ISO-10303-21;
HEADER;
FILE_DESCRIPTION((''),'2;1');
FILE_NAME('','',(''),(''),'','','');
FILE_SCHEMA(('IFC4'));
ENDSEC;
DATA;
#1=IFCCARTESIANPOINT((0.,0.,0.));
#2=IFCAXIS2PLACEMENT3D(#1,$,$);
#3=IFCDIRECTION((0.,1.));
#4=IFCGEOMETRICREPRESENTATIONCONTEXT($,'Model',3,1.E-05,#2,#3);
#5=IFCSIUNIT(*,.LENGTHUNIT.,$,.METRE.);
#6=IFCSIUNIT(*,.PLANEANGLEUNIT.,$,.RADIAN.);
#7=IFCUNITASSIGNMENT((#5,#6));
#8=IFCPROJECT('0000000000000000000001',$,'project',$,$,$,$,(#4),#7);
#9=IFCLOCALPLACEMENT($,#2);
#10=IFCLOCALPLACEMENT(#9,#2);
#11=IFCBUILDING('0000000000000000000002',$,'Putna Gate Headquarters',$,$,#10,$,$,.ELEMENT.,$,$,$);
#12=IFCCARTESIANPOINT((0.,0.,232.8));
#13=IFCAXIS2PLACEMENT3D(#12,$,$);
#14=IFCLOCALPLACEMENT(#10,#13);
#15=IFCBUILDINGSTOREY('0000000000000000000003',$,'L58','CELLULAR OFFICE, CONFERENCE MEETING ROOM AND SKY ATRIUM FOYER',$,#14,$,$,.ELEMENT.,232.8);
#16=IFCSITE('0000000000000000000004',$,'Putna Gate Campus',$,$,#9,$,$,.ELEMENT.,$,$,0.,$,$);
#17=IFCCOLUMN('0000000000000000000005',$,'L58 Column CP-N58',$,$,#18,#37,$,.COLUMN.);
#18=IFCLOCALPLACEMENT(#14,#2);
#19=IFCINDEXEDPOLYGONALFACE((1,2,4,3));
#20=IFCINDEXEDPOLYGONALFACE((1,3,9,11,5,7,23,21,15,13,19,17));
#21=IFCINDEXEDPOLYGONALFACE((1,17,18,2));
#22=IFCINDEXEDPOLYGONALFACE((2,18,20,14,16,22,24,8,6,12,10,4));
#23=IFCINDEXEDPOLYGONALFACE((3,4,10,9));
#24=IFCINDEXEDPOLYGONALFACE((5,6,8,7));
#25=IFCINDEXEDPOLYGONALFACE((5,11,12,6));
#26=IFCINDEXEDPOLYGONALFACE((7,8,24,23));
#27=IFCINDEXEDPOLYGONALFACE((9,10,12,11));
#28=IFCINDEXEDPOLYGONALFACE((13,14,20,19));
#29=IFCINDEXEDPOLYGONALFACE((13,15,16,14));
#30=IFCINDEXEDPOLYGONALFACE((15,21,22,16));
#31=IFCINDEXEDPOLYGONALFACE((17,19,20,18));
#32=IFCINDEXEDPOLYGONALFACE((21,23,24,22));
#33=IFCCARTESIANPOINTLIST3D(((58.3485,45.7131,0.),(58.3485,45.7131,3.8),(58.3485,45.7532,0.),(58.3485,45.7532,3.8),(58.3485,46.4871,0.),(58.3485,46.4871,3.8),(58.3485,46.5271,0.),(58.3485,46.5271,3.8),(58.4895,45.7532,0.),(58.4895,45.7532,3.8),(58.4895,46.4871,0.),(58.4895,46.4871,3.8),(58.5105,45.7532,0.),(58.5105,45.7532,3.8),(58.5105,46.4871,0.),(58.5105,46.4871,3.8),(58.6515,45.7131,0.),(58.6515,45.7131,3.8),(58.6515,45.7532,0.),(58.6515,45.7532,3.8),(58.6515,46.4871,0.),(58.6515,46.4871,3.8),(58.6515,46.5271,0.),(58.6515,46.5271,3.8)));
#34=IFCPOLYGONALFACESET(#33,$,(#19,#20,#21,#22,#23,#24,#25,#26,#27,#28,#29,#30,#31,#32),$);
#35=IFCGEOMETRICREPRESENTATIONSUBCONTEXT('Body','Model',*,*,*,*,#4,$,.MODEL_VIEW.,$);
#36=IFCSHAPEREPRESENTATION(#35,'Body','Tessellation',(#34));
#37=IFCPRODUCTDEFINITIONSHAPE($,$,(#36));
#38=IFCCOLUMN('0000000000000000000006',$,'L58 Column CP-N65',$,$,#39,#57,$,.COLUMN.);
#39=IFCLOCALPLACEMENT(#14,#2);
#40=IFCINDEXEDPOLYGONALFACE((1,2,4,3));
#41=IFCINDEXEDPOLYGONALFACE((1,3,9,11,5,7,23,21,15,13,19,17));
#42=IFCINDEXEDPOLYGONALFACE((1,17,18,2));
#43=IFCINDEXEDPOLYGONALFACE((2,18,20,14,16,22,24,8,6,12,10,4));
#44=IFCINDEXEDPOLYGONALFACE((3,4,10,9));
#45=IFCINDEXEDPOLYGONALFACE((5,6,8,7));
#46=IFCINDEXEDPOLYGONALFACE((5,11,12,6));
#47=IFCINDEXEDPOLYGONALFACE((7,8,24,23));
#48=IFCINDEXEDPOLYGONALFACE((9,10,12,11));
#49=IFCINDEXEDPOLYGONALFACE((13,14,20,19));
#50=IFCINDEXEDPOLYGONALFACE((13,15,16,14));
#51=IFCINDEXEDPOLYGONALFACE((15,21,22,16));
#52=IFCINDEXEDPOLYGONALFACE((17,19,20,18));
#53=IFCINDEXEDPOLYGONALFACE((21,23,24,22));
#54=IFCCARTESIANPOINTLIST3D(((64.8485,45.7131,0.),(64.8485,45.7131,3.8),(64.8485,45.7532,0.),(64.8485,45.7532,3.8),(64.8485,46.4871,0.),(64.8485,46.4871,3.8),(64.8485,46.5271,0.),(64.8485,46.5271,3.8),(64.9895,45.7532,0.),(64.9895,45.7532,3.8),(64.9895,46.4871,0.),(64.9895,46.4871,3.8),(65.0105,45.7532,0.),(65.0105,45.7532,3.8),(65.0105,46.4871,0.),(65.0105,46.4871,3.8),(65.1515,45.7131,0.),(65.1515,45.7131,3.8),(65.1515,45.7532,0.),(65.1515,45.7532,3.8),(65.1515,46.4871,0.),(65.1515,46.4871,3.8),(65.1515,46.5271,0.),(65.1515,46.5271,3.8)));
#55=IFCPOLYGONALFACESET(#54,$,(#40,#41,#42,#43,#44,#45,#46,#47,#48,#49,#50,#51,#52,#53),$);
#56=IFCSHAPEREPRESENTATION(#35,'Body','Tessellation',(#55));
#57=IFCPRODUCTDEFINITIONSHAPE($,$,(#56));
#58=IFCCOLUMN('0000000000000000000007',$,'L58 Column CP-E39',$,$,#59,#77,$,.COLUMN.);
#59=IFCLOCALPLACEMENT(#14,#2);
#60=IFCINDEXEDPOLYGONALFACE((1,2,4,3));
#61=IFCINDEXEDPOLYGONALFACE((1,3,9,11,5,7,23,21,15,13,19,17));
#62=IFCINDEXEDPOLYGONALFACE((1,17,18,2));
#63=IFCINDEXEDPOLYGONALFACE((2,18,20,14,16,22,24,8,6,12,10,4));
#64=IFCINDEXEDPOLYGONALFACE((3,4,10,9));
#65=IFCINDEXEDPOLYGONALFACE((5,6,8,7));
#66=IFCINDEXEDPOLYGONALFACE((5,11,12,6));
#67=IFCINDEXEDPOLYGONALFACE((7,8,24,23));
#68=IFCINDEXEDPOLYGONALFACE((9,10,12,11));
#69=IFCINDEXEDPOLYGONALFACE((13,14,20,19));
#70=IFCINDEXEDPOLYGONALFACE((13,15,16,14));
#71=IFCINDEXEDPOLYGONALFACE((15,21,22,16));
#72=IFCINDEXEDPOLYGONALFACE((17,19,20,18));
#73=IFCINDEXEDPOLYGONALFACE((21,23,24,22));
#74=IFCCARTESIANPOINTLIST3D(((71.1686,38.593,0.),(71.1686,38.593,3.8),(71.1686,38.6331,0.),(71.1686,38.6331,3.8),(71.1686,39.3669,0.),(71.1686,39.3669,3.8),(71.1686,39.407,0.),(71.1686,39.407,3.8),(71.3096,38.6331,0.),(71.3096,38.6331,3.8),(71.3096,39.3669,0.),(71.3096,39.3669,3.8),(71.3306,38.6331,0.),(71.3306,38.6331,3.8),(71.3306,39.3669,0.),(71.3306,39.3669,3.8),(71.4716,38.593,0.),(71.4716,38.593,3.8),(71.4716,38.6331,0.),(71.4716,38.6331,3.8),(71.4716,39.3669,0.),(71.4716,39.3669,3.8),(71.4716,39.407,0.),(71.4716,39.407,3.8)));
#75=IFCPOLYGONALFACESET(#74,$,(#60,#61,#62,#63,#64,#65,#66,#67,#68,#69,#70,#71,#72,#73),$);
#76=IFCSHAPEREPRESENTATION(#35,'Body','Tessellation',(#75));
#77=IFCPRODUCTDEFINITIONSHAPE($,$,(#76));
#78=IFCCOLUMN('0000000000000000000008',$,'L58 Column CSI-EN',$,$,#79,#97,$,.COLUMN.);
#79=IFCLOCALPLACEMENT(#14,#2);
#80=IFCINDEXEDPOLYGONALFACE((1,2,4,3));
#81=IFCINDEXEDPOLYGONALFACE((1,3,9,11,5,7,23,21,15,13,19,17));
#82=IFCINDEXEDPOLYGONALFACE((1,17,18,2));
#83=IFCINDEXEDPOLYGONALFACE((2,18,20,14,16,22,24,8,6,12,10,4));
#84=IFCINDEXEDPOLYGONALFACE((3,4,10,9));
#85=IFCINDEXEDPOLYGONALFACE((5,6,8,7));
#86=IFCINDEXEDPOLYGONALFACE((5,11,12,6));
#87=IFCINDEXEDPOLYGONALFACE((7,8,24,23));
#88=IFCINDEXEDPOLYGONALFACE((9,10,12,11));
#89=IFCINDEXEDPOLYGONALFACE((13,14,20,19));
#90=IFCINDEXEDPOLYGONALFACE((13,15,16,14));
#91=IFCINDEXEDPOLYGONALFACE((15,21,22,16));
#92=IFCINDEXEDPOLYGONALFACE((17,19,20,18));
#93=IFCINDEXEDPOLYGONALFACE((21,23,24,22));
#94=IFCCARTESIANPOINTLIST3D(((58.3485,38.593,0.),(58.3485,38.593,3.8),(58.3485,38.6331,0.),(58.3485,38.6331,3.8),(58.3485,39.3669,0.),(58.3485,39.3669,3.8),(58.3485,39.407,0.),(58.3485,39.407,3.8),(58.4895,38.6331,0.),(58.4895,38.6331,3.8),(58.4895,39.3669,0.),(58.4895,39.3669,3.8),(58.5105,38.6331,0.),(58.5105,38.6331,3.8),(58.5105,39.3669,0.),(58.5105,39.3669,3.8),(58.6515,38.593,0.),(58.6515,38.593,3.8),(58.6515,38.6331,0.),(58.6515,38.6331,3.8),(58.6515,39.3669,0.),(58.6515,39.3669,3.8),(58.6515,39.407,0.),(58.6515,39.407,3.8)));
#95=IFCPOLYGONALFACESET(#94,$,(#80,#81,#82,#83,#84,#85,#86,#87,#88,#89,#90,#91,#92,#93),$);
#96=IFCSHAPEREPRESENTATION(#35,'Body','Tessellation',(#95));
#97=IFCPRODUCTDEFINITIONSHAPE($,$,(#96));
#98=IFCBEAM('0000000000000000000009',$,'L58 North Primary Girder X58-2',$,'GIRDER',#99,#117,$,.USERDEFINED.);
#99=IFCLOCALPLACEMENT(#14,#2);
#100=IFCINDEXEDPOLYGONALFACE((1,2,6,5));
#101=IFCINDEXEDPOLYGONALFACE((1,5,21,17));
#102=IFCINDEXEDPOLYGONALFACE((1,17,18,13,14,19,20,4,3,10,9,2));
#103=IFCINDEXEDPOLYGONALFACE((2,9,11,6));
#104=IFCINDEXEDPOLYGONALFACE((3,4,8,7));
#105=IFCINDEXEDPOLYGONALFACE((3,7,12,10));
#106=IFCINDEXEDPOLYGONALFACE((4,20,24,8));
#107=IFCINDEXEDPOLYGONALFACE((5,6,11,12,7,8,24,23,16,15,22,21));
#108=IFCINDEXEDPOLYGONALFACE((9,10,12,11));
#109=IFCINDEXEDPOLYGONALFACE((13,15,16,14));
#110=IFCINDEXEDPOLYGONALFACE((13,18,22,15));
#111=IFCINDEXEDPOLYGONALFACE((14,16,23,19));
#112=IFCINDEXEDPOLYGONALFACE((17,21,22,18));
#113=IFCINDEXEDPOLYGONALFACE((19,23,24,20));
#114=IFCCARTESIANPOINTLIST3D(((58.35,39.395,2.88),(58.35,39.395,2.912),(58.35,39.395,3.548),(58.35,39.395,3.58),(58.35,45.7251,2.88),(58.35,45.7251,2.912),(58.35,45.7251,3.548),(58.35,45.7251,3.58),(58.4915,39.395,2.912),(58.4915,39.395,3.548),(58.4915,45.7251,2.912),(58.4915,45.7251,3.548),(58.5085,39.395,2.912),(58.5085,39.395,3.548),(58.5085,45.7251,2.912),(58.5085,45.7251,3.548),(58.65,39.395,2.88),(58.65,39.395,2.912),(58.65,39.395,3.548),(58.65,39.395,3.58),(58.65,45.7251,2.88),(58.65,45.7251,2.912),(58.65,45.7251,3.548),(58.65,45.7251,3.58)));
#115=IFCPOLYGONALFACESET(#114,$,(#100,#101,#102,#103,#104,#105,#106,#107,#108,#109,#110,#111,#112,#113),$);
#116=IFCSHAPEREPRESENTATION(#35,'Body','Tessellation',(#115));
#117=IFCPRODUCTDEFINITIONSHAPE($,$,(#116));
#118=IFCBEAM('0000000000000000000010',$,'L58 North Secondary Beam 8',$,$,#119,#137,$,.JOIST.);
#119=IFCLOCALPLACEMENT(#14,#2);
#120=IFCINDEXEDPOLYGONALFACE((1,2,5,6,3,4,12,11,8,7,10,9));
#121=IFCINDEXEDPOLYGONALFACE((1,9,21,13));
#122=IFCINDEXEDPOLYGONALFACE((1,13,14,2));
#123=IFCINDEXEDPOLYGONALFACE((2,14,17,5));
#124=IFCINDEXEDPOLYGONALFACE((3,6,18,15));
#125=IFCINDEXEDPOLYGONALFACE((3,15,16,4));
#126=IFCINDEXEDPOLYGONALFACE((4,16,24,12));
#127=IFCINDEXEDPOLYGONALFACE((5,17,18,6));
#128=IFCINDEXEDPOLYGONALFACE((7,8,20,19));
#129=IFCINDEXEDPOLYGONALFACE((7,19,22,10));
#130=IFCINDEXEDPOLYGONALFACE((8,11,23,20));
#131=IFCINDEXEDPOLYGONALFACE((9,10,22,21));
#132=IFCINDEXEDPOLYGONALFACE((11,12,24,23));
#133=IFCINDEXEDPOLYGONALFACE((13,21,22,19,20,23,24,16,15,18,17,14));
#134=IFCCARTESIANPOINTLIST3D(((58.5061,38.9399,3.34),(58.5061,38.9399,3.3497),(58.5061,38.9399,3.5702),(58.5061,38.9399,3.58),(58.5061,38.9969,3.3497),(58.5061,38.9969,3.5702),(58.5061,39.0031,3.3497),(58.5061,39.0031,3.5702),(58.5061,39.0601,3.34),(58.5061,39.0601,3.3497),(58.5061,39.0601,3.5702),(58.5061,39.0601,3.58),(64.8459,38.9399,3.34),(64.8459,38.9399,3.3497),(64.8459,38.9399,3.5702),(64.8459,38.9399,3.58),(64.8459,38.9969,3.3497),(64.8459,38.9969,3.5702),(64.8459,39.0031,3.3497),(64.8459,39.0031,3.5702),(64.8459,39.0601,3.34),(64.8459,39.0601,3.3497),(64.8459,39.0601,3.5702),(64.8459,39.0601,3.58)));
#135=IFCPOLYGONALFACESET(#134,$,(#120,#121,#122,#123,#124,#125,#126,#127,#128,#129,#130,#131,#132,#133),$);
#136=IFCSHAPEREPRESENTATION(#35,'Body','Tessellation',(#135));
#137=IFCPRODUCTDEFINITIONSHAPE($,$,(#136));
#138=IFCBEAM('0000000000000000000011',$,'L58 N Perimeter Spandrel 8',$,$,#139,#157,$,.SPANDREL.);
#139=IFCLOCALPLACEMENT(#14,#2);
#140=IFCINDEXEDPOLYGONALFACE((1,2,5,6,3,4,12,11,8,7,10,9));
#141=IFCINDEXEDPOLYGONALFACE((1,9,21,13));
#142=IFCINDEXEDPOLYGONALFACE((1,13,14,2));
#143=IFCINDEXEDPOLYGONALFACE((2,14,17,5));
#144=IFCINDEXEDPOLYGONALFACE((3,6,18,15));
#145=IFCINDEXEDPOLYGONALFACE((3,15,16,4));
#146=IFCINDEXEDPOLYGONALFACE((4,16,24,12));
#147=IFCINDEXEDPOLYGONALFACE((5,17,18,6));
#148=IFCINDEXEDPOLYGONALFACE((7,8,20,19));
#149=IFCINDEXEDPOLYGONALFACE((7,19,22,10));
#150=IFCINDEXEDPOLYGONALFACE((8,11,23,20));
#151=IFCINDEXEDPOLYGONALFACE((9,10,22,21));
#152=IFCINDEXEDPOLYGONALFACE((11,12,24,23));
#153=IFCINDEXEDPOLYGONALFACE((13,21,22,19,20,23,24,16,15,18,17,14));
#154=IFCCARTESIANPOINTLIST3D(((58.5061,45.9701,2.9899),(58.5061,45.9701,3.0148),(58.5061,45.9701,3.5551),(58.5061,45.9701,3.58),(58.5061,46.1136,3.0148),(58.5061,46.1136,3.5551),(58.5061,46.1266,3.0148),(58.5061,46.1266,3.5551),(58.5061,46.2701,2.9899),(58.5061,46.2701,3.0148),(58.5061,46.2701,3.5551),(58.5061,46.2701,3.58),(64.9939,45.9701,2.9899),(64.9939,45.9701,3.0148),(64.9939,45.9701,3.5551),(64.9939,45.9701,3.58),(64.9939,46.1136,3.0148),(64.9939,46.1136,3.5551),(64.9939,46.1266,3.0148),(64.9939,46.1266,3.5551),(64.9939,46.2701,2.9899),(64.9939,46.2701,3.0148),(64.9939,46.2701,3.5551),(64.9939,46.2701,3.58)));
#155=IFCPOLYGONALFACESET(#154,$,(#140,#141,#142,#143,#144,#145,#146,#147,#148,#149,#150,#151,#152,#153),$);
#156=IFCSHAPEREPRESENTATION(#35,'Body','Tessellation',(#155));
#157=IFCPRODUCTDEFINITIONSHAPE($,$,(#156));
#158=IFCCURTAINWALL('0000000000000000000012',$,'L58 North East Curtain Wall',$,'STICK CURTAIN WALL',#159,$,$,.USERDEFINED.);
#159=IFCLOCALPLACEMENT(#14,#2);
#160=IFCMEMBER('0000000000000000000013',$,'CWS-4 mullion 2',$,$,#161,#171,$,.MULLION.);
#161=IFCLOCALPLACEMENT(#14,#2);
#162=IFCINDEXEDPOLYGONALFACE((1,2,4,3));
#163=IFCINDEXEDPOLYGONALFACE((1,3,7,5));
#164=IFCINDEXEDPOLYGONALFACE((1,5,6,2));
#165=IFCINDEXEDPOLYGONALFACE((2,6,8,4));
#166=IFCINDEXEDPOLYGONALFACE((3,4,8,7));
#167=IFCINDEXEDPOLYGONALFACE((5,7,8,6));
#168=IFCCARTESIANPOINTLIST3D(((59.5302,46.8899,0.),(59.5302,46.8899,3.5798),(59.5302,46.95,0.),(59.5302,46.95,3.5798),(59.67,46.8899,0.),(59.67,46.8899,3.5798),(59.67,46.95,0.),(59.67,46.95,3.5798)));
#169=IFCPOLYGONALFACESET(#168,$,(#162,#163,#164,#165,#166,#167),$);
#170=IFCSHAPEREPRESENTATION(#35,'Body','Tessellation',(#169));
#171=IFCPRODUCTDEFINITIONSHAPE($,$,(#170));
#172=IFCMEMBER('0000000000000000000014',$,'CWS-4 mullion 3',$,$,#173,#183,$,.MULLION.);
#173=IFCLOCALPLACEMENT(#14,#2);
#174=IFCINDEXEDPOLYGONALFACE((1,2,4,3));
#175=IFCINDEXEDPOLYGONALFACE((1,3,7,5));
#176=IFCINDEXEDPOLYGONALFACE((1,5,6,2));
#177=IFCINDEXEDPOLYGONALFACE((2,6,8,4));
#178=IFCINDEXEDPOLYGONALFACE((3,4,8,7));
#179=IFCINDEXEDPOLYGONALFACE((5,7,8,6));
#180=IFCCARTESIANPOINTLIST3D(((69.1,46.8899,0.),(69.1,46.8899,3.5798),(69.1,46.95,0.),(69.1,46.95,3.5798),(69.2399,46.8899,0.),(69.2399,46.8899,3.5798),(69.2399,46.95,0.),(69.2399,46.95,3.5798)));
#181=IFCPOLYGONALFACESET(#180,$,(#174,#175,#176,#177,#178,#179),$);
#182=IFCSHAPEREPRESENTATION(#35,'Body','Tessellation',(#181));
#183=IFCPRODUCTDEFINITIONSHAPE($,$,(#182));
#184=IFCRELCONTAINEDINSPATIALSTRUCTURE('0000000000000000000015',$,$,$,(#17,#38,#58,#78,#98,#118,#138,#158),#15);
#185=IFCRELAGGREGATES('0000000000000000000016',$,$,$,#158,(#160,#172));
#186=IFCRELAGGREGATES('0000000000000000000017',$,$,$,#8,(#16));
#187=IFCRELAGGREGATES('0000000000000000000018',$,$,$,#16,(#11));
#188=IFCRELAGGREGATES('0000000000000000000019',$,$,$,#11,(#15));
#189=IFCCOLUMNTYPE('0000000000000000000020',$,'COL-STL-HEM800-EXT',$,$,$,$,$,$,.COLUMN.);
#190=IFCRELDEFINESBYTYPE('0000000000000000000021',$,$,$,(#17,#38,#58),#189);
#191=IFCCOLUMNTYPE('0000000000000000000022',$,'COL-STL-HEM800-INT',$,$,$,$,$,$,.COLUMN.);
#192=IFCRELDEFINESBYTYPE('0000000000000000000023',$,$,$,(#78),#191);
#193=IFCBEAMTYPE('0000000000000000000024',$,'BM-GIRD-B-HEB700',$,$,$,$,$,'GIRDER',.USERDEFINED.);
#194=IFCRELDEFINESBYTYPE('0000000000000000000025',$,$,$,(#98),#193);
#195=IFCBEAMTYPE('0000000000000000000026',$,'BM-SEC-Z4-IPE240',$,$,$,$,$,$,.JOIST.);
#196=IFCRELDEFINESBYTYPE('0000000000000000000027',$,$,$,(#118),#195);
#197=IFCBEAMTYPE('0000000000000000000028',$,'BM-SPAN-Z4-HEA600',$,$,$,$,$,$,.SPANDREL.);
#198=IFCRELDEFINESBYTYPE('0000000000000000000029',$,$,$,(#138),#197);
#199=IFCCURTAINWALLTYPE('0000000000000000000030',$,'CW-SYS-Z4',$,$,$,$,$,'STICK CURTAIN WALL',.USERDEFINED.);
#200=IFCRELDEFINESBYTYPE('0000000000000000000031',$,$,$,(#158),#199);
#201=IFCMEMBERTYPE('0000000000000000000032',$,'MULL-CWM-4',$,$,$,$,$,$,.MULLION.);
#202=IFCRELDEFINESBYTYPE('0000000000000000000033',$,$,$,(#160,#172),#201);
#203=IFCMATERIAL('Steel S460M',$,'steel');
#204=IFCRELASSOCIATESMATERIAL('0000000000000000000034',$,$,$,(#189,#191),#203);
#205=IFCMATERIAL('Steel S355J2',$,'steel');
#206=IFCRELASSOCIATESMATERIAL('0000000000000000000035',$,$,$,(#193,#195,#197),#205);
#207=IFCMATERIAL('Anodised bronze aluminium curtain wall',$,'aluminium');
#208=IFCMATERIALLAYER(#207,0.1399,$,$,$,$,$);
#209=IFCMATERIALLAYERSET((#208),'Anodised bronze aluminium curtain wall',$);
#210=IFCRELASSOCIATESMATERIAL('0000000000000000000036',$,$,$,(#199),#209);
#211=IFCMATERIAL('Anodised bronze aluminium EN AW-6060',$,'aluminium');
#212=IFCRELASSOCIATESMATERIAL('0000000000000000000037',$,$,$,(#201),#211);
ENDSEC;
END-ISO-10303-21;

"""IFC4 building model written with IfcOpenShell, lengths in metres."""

from ifc_helpers import new_model, si_unit, direction, frame, origin, origin_2d, place, context, subcontext, project, spatial, rectangle, i_section, extrude, material, layer, layer_set, material_profile, profile_set, type_object, element, aggregate, save


model = new_model("IFC4")

# Units and contexts
model_context = context("Model", 3, precision=1e-05, world=origin(), true_north=direction((0.0, 1.0)))
body_context = subcontext(model_context, "Body", "Model", "MODEL_VIEW")
ifc_project = project(units=[si_unit("LENGTHUNIT", "METRE"), si_unit("PLANEANGLEUNIT", "RADIAN")], contexts=[model_context])

# Site, building, storey
site_placement = place(None, origin())
site = spatial("IfcSite", under=ifc_project, at=site_placement, Name="Putna Gate Campus", CompositionType="ELEMENT", RefElevation=0.0)
building_placement = place(site_placement, origin())
building = spatial("IfcBuilding", under=site, at=building_placement, Name="Putna Gate Headquarters", CompositionType="ELEMENT")
storey_placement = place(building_placement, frame((0.0, 0.0, 232.8)))
storey = spatial("IfcBuildingStorey", under=building, at=storey_placement, Name="L58", Description="CELLULAR OFFICE, CONFERENCE MEETING ROOM AND SKY ATRIUM FOYER", CompositionType="ELEMENT", Elevation=232.8)

# Columns
ifc_material_1 = material(Name="Steel S460M", Category="steel")
ifc_material_profile_1 = material_profile(ifc_material_1, i_section(OverallWidth=0.303, OverallDepth=0.814, WebThickness=0.021, FlangeThickness=0.04, at=origin_2d()), Name="Steel S460M")
ifc_profile_set_1 = profile_set([ifc_material_profile_1], Name="Steel S460M")
column_type_1 = type_object("IfcColumnType", Name="COL-STL-HEM800-EXT", PredefinedType="COLUMN", material=ifc_profile_set_1)
for number, where, z_axis, x_axis, name in (
    (1, (58.5, 46.1201, 0.0), (0.0, 0.0, 1.0), (1.0, 0.0, 0.0), "L58 Column CP-N58"),
    (2, (65.0, 46.1201, 0.0), (0.0, 0.0, 1.0), (1.0, 0.0, 0.0), "L58 Column CP-N65"),
    (3, (71.3201, 39.0, 0.0), (0.0, 0.0, 1.0), (1.0, 0.0, 0.0), "L58 Column CP-E39"),
):
    element("IfcColumn", number, at=place(storey_placement, frame(where, z_axis=z_axis, x_axis=x_axis)), inside=storey, type_object=column_type_1, Name=name, PredefinedType="COLUMN", context=body_context, shape_type="SweptSolid", body=[
        extrude(i_section(OverallWidth=0.303, OverallDepth=0.814, WebThickness=0.021, FlangeThickness=0.04, at=origin_2d()), origin(), (0.0, 0.0, 1.0), 3.8),
    ])
ifc_material_profile_2 = material_profile(ifc_material_1, i_section(OverallWidth=0.303, OverallDepth=0.814, WebThickness=0.021, FlangeThickness=0.04, at=origin_2d()), Name="Steel S460M")
ifc_profile_set_2 = profile_set([ifc_material_profile_2], Name="Steel S460M")
column_type_2 = type_object("IfcColumnType", Name="COL-STL-HEM800-INT", PredefinedType="COLUMN", material=ifc_profile_set_2)
column_placement = place(storey_placement, frame((58.5, 39.0, 0.0), z_axis=(0.0, 0.0, 1.0), x_axis=(1.0, 0.0, 0.0)))
element("IfcColumn", 4, at=column_placement, inside=storey, type_object=column_type_2, Name="L58 Column CSI-EN", PredefinedType="COLUMN", context=body_context, shape_type="SweptSolid", body=[
    extrude(i_section(OverallWidth=0.303, OverallDepth=0.814, WebThickness=0.021, FlangeThickness=0.04, at=origin_2d()), origin(), (0.0, 0.0, 1.0), 3.8),
])

# Beams
ifc_material_2 = material(Name="Steel S355J2", Category="steel")
ifc_material_profile_3 = material_profile(ifc_material_2, i_section(OverallWidth=0.3, OverallDepth=0.7, WebThickness=0.0171, FlangeThickness=0.032, at=origin_2d()), Name="Steel S355J2")
ifc_profile_set_3 = profile_set([ifc_material_profile_3], Name="Steel S355J2")
beam_type_1 = type_object("IfcBeamType", Name="BM-GIRD-B-HEB700", ElementType="GIRDER", PredefinedType="USERDEFINED", material=ifc_profile_set_3)
beam_1_placement = place(storey_placement, frame((58.5, 39.395, 3.23), z_axis=(0.0, 1.0, 0.0), x_axis=(-1.0, 0.0, 0.0)))
element("IfcBeam", 5, at=beam_1_placement, inside=storey, type_object=beam_type_1, Name="L58 North Primary Girder X58-2", ObjectType="GIRDER", PredefinedType="USERDEFINED", context=body_context, shape_type="SweptSolid", body=[
    extrude(i_section(OverallWidth=0.3, OverallDepth=0.7, WebThickness=0.0171, FlangeThickness=0.032, at=origin_2d()), origin(), (0.0, 0.0, 1.0), 6.3301),
])
ifc_material_profile_4 = material_profile(ifc_material_2, i_section(OverallWidth=0.1201, OverallDepth=0.24, WebThickness=0.0061, FlangeThickness=0.0098, at=origin_2d()), Name="Steel S355J2")
ifc_profile_set_4 = profile_set([ifc_material_profile_4], Name="Steel S355J2")
beam_type_2 = type_object("IfcBeamType", Name="BM-SEC-Z4-IPE240", PredefinedType="JOIST", material=ifc_profile_set_4)
beam_2_placement = place(storey_placement, frame((58.5061, 39.0, 3.46), z_axis=(1.0, 0.0, 0.0), x_axis=(0.0, 1.0, 0.0)))
element("IfcBeam", 6, at=beam_2_placement, inside=storey, type_object=beam_type_2, Name="L58 North Secondary Beam 8", PredefinedType="JOIST", context=body_context, shape_type="SweptSolid", body=[
    extrude(i_section(OverallWidth=0.1201, OverallDepth=0.24, WebThickness=0.0061, FlangeThickness=0.0098, at=origin_2d()), origin(), (0.0, 0.0, 1.0), 6.3398),
])
ifc_material_profile_5 = material_profile(ifc_material_2, i_section(OverallWidth=0.3, OverallDepth=0.5901, WebThickness=0.0129, FlangeThickness=0.0249, at=origin_2d()), Name="Steel S355J2")
ifc_profile_set_5 = profile_set([ifc_material_profile_5], Name="Steel S355J2")
beam_type_3 = type_object("IfcBeamType", Name="BM-SPAN-Z4-HEA600", PredefinedType="SPANDREL", material=ifc_profile_set_5)
beam_3_placement = place(storey_placement, frame((58.5061, 46.1201, 3.2849), z_axis=(1.0, 0.0, 0.0), x_axis=(0.0, 1.0, 0.0)))
element("IfcBeam", 7, at=beam_3_placement, inside=storey, type_object=beam_type_3, Name="L58 N Perimeter Spandrel 8", PredefinedType="SPANDREL", context=body_context, shape_type="SweptSolid", body=[
    extrude(i_section(OverallWidth=0.3, OverallDepth=0.5901, WebThickness=0.0129, FlangeThickness=0.0249, at=origin_2d()), origin(), (0.0, 0.0, 1.0), 6.4878),
])

# Curtain wall, members
ifc_material_3 = material(Name="Anodised bronze aluminium curtain wall", Category="aluminium")
ifc_layer_1 = layer(ifc_material_3, 0.1399)
ifc_layer_set_1 = layer_set([ifc_layer_1], Name="Anodised bronze aluminium curtain wall")
curtain_wall_type = type_object("IfcCurtainWallType", Name="CW-SYS-Z4", ElementType="STICK CURTAIN WALL", PredefinedType="USERDEFINED", material=ifc_layer_set_1)
curtain_wall_1_placement = place(storey_placement, origin())
curtain_wall_1 = element("IfcCurtainWall", 8, at=curtain_wall_1_placement, inside=storey, type_object=curtain_wall_type, Name="L58 North East Curtain Wall", ObjectType="STICK CURTAIN WALL", PredefinedType="USERDEFINED")
ifc_material_4 = material(Name="Anodised bronze aluminium EN AW-6060", Category="aluminium")
ifc_material_profile_6 = material_profile(ifc_material_4, rectangle(XDim=0.0601, YDim=0.1399, at=origin_2d()), Name="Anodised bronze aluminium EN AW-6060")
ifc_profile_set_6 = profile_set([ifc_material_profile_6], Name="Anodised bronze aluminium EN AW-6060")
member_type_1 = type_object("IfcMemberType", Name="MULL-CWM-4", PredefinedType="MULLION", material=ifc_profile_set_6)
member_1_placement = place(storey_placement, frame((59.6001, 46.9199, 0.0), z_axis=(0.0, 0.0, 1.0), x_axis=(0.0, 1.0, 0.0)))
member_1 = element("IfcMember", 9, at=member_1_placement, type_object=member_type_1, Name="CWS-4 mullion 2", PredefinedType="MULLION", context=body_context, shape_type="SweptSolid", body=[
    extrude(rectangle(XDim=0.0601, YDim=0.1399, at=origin_2d()), origin(), (0.0, 0.0, 1.0), 3.5798),
])
member_2_placement = place(storey_placement, frame((69.1699, 46.9199, 0.0), z_axis=(0.0, 0.0, 1.0), x_axis=(0.0, 1.0, 0.0)))
member_2 = element("IfcMember", 10, at=member_2_placement, type_object=member_type_1, Name="CWS-4 mullion 3", PredefinedType="MULLION", context=body_context, shape_type="SweptSolid", body=[
    extrude(rectangle(XDim=0.0601, YDim=0.1399, at=origin_2d()), origin(), (0.0, 0.0, 1.0), 3.5798),
])

aggregate(curtain_wall_1, [member_1, member_2])

save(model, "model.ifc")
